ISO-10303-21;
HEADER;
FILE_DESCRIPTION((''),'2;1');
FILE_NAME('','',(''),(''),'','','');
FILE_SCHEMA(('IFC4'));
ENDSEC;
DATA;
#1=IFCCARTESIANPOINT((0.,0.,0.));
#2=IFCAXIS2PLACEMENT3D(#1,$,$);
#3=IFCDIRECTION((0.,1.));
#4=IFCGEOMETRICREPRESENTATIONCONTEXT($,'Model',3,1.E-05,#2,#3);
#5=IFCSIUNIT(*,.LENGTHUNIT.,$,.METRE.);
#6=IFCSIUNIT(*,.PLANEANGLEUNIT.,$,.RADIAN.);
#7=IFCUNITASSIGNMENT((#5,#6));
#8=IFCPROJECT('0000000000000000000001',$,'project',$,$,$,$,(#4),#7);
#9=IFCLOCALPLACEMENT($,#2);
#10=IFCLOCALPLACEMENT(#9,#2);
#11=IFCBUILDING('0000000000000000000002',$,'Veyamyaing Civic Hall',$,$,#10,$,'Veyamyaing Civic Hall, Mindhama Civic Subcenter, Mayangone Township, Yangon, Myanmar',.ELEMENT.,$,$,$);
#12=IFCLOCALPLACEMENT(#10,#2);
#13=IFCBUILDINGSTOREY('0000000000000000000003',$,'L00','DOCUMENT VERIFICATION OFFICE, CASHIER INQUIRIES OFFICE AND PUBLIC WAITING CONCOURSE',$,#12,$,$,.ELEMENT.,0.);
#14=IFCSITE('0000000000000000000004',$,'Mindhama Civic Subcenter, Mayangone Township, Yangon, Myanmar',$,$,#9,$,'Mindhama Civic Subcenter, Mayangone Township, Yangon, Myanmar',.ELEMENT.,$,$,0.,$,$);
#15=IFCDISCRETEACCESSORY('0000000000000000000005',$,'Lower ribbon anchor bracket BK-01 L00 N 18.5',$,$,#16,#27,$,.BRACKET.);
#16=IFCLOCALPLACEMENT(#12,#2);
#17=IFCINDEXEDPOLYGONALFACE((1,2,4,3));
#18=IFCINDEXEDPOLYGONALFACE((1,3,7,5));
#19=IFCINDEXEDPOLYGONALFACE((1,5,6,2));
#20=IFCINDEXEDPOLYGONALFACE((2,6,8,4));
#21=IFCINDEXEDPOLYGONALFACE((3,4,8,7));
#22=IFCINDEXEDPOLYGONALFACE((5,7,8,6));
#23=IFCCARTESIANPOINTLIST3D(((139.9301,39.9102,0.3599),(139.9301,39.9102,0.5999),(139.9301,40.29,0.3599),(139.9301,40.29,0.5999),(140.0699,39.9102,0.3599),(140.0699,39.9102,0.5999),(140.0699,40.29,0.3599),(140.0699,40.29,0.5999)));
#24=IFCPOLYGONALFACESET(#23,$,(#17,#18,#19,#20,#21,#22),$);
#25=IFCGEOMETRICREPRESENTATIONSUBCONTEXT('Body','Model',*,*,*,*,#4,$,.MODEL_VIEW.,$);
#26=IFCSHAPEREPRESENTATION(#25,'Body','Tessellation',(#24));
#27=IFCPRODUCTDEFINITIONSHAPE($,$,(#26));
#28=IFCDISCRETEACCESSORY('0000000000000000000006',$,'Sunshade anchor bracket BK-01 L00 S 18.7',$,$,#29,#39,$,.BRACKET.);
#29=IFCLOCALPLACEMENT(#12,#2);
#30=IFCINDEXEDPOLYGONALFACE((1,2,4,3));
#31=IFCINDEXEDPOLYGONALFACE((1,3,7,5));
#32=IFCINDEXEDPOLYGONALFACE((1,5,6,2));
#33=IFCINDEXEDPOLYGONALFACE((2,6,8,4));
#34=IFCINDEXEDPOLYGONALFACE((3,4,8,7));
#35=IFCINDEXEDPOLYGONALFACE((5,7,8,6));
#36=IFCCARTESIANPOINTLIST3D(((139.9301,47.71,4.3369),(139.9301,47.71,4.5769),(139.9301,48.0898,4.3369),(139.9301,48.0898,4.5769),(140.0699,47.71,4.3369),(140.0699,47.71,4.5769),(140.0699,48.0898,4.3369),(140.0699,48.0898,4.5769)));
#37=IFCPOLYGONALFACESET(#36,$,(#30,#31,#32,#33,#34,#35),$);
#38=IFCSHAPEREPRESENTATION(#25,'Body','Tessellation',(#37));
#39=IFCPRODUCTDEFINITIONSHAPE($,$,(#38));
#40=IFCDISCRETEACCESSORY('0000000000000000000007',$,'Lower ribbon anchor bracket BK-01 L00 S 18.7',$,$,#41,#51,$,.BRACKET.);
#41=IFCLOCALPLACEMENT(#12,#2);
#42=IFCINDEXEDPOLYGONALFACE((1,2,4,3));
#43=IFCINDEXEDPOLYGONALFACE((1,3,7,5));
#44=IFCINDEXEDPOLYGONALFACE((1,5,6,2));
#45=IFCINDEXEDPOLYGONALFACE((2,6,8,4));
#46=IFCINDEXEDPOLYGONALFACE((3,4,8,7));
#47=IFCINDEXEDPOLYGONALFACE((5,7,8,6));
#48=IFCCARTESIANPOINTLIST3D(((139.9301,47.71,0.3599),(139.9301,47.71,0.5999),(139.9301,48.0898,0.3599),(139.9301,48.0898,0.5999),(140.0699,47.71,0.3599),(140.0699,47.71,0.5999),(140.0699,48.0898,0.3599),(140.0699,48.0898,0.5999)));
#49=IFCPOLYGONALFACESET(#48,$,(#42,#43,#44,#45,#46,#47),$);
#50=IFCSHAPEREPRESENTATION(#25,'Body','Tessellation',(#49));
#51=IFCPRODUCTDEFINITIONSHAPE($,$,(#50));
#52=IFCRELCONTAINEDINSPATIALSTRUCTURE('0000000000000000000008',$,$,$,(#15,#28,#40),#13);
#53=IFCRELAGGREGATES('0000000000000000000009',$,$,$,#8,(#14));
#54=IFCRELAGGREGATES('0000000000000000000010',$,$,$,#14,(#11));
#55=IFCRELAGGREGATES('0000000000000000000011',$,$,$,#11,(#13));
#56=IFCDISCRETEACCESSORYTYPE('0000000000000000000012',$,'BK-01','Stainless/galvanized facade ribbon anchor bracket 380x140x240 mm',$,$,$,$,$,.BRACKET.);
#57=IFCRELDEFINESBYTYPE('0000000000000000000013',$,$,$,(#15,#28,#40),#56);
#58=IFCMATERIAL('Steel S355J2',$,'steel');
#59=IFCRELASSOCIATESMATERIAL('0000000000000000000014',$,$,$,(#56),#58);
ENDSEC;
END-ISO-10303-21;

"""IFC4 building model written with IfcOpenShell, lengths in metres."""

from ifc_helpers import new_model, si_unit, direction, frame, origin, origin_2d, place, context, subcontext, project, spatial, rectangle, extrude, material, type_object, element, save


model = new_model("IFC4")

# Units and contexts
model_context = context("Model", 3, precision=1e-05, world=origin(), true_north=direction((0.0, 1.0)))
body_context = subcontext(model_context, "Body", "Model", "MODEL_VIEW")
ifc_project = project(units=[si_unit("LENGTHUNIT", "METRE"), si_unit("PLANEANGLEUNIT", "RADIAN")], contexts=[model_context])

# Site, building, storey
site_placement = place(None, origin())
site = spatial("IfcSite", under=ifc_project, at=site_placement, Name="Mindhama Civic Subcenter, Mayangone Township, Yangon, Myanmar", LongName="Mindhama Civic Subcenter, Mayangone Township, Yangon, Myanmar", CompositionType="ELEMENT", RefElevation=0.0)
building_placement = place(site_placement, origin())
building = spatial("IfcBuilding", under=site, at=building_placement, Name="Veyamyaing Civic Hall", LongName="Veyamyaing Civic Hall, Mindhama Civic Subcenter, Mayangone Township, Yangon, Myanmar", CompositionType="ELEMENT")
storey_placement = place(building_placement, origin())
storey = spatial("IfcBuildingStorey", under=building, at=storey_placement, Name="L00", Description="DOCUMENT VERIFICATION OFFICE, CASHIER INQUIRIES OFFICE AND PUBLIC WAITING CONCOURSE", CompositionType="ELEMENT", Elevation=0.0)

# Discrete accessories
ifc_material_1 = material(Name="Steel S355J2", Category="steel")
discrete_accessory_type = type_object("IfcDiscreteAccessoryType", Name="BK-01", Description="Stainless/galvanized facade ribbon anchor bracket 380x140x240 mm", PredefinedType="BRACKET", material=ifc_material_1)
for number, where, z_axis, x_axis, name in (
    (1, (140.0, 40.1001, 0.3599), (0.0, 0.0, 1.0), (0.0, 1.0, 0.0), "Lower ribbon anchor bracket BK-01 L00 N 18.5"),
    (2, (140.0, 47.8999, 4.3369), (0.0, 0.0, 1.0), (0.0, -1.0, 0.0), "Sunshade anchor bracket BK-01 L00 S 18.7"),
    (3, (140.0, 47.8999, 0.3599), (0.0, 0.0, 1.0), (0.0, -1.0, 0.0), "Lower ribbon anchor bracket BK-01 L00 S 18.7"),
):
    element("IfcDiscreteAccessory", number, at=place(storey_placement, frame(where, z_axis=z_axis, x_axis=x_axis)), inside=storey, type_object=discrete_accessory_type, Name=name, PredefinedType="BRACKET", context=body_context, shape_type="SweptSolid", body=[
        extrude(rectangle(XDim=0.3799, YDim=0.1399, at=origin_2d()), origin(), (0.0, 0.0, 1.0), 0.24),
    ])

save(model, "model.ifc")
